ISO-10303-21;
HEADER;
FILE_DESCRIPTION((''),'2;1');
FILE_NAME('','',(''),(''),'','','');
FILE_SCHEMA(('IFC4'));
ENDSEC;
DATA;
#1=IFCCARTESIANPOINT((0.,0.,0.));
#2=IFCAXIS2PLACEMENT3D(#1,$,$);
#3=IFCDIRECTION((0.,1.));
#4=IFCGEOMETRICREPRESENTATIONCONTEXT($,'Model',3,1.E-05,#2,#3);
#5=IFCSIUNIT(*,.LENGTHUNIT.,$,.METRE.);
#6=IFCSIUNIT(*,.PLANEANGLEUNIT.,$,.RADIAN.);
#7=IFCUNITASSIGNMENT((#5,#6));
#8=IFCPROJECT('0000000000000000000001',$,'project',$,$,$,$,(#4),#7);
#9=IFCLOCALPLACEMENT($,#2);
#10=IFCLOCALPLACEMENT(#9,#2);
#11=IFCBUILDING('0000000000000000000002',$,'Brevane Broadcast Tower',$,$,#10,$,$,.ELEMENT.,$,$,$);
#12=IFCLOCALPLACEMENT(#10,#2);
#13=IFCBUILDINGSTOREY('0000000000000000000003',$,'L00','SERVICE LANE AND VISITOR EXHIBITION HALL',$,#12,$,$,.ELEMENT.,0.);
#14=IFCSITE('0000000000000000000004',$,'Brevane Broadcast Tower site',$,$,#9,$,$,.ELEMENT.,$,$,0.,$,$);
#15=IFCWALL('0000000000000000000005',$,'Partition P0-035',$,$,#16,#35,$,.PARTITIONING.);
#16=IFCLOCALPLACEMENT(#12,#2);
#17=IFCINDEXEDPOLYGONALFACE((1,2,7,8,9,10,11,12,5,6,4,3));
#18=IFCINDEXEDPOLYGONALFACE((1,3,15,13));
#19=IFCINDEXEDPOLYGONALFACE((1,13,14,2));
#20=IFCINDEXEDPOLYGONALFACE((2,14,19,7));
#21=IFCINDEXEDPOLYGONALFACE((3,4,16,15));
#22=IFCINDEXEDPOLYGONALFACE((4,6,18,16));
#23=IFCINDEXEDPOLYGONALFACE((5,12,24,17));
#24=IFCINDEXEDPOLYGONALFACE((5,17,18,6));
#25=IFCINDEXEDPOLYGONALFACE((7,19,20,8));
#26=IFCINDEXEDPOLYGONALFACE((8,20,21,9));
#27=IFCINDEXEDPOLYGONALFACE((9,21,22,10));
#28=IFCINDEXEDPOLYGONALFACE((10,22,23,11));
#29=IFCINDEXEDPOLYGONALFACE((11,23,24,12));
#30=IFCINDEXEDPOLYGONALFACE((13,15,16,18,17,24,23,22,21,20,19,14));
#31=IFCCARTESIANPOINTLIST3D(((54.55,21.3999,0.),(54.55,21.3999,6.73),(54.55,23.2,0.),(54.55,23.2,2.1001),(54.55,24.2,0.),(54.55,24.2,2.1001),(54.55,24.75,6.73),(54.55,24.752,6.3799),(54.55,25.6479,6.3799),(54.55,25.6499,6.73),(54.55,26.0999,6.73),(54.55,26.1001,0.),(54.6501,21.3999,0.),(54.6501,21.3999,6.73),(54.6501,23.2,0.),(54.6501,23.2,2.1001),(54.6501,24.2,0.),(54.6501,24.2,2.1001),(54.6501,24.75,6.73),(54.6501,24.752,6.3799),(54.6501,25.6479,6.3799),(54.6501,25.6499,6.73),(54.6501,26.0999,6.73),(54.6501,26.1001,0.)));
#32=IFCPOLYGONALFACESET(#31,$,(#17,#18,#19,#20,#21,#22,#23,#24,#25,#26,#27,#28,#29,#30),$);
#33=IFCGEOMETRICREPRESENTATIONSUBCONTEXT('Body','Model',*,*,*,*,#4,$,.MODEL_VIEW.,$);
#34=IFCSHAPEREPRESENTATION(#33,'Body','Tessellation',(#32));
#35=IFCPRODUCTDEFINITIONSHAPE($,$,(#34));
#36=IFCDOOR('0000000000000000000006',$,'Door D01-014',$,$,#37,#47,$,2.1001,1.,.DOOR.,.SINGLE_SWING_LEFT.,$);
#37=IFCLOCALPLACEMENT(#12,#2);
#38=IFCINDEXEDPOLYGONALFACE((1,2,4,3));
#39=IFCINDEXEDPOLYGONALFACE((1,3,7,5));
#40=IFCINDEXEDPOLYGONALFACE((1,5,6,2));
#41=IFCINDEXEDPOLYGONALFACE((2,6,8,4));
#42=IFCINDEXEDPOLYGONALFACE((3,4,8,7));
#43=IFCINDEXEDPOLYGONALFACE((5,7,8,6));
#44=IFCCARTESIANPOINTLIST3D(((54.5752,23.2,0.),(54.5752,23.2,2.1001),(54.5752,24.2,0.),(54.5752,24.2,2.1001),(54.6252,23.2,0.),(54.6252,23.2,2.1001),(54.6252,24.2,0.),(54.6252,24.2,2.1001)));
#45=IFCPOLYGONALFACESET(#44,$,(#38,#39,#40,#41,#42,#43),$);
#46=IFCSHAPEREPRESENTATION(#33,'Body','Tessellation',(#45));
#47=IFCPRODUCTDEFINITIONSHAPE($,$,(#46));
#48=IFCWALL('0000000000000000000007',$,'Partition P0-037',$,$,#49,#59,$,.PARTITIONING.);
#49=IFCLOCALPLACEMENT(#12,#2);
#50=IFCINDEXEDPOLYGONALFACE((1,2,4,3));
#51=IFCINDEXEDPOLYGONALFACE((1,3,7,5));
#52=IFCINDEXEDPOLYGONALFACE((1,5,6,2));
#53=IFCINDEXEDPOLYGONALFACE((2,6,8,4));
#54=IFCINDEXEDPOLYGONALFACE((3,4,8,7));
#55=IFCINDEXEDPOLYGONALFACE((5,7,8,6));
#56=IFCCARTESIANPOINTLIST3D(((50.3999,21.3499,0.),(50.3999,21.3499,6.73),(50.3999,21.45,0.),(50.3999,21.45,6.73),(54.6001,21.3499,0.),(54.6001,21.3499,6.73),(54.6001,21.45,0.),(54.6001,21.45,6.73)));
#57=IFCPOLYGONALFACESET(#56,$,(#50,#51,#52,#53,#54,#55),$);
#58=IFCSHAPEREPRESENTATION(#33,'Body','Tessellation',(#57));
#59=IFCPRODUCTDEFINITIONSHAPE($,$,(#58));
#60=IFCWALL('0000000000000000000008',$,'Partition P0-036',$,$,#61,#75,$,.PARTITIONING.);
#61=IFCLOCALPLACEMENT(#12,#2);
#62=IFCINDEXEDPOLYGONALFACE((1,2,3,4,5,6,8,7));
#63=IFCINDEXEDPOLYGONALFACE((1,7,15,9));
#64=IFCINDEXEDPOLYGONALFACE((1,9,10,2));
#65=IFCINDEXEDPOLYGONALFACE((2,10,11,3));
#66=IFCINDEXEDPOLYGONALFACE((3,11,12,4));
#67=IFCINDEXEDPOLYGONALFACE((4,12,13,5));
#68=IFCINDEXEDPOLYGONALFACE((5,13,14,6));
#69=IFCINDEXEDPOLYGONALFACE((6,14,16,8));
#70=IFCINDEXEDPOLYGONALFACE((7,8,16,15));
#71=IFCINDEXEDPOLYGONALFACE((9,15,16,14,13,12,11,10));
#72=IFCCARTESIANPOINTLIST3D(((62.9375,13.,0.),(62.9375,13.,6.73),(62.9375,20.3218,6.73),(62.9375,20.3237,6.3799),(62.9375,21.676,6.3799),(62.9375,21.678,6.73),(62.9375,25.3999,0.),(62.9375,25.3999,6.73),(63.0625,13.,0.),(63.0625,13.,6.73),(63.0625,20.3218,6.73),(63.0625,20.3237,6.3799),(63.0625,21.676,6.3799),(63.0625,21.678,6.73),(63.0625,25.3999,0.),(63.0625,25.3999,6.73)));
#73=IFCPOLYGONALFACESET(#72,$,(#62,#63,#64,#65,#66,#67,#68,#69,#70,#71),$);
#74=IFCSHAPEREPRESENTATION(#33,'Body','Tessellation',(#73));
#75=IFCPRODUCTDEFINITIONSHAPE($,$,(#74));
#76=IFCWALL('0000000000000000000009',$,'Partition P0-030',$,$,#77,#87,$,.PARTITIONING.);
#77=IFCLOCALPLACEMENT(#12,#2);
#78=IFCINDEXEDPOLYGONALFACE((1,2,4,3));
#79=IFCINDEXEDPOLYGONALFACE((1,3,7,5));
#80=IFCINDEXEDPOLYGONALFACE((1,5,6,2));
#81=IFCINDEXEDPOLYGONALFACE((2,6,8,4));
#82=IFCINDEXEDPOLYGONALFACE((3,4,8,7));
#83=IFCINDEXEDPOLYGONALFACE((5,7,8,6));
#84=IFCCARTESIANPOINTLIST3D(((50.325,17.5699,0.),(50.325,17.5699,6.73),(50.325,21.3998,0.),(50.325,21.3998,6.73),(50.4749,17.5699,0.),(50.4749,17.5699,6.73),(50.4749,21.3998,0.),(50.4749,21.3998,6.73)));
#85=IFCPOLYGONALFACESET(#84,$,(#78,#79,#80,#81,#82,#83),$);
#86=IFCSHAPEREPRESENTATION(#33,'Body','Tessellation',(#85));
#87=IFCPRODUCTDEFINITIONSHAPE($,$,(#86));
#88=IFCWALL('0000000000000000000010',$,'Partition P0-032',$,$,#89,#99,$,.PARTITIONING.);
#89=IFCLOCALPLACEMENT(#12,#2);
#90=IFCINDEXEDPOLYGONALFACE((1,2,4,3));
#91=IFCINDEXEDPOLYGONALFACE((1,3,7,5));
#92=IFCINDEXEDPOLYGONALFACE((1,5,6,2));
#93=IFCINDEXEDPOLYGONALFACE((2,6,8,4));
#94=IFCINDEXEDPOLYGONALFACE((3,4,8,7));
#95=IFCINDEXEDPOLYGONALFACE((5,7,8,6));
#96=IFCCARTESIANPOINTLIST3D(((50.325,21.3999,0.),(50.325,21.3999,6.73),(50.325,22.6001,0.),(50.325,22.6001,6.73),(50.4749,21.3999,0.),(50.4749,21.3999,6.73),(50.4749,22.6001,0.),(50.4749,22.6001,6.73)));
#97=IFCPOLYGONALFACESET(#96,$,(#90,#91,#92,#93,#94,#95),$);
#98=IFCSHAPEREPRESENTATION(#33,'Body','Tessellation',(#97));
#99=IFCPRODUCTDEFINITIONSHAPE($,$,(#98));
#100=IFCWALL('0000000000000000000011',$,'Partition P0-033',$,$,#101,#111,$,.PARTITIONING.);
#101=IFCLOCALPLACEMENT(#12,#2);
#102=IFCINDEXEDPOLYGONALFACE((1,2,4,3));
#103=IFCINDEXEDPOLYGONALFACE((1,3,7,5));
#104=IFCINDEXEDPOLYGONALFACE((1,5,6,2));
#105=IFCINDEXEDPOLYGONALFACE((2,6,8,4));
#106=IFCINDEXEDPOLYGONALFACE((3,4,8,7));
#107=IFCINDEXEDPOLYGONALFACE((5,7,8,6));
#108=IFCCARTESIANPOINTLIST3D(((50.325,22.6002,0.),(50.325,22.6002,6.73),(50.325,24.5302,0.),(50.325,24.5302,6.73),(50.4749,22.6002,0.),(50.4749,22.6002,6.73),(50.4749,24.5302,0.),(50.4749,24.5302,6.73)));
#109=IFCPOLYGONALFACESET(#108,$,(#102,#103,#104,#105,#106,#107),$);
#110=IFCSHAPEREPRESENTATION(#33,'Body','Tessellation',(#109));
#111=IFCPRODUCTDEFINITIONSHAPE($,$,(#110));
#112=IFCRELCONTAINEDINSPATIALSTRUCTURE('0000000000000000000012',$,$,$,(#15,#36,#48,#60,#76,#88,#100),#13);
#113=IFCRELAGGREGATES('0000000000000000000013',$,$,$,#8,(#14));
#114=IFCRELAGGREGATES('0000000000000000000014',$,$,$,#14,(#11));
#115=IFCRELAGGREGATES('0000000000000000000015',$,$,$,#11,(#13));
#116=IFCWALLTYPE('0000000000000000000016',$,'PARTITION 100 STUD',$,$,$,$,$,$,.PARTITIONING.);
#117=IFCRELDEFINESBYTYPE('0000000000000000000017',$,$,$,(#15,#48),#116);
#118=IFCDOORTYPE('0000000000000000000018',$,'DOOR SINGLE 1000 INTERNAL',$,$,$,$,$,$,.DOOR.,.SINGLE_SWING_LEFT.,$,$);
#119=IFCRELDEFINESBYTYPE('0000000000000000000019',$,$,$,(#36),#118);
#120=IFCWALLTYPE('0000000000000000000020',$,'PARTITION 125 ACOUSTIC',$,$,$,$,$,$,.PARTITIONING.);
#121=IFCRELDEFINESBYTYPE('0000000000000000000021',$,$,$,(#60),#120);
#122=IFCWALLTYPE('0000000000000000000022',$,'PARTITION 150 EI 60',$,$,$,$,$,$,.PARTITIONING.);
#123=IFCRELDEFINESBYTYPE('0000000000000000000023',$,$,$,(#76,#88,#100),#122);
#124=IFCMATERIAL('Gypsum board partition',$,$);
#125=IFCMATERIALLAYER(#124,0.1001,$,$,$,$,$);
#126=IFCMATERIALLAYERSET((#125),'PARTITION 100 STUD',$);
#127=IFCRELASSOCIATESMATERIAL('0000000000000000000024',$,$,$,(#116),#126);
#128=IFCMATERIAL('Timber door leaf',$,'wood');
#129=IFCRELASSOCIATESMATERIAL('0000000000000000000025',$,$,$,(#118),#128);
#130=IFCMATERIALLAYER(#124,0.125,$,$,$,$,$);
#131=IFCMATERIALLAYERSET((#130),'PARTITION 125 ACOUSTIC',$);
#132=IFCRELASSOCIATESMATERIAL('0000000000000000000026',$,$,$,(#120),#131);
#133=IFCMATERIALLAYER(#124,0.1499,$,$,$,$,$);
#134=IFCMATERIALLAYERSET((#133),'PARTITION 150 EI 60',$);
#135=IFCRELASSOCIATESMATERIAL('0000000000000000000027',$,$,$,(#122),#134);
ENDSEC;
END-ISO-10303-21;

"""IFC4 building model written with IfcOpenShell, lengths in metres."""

from ifc_helpers import new_model, si_unit, direction, frame, frame_2d, origin, place, context, subcontext, project, spatial, polyline, rectangle, outline, extrude, material, layer, layer_set, type_object, element, fill, save


model = new_model("IFC4")

# Units and contexts
model_context = context("Model", 3, precision=1e-05, world=origin(), true_north=direction((0.0, 1.0)))
body_context = subcontext(model_context, "Body", "Model", "MODEL_VIEW")
ifc_project = project(units=[si_unit("LENGTHUNIT", "METRE"), si_unit("PLANEANGLEUNIT", "RADIAN")], contexts=[model_context])

# Site, building, storey
site_placement = place(None, origin())
site = spatial("IfcSite", under=ifc_project, at=site_placement, Name="Brevane Broadcast Tower site", CompositionType="ELEMENT", RefElevation=0.0)
building_placement = place(site_placement, origin())
building = spatial("IfcBuilding", under=site, at=building_placement, Name="Brevane Broadcast Tower", CompositionType="ELEMENT")
storey_placement = place(building_placement, origin())
storey = spatial("IfcBuildingStorey", under=building, at=storey_placement, Name="L00", Description="SERVICE LANE AND VISITOR EXHIBITION HALL", CompositionType="ELEMENT", Elevation=0.0)

# Wall, opening, door
ifc_material_1 = material(Name="Gypsum board partition")
ifc_layer_1 = layer(ifc_material_1, 0.1001)
ifc_layer_set_1 = layer_set([ifc_layer_1], Name="PARTITION 100 STUD")
wall_type_1 = type_object("IfcWallType", Name="PARTITION 100 STUD", PredefinedType="PARTITIONING", material=ifc_layer_set_1)
wall_1_placement = place(storey_placement, frame((54.6001, 21.3999, 0.0), z_axis=(0.0, 0.0, 1.0), x_axis=(0.0, 1.0, 0.0)))
wall_1 = element("IfcWall", 1, at=wall_1_placement, inside=storey, type_object=wall_type_1, Name="Partition P0-035", PredefinedType="PARTITIONING", context=body_context, shape_type="SweptSolid", body=[
    extrude(outline(polyline([(0.0, 0.0), (4.7002, 0.0), (4.7, 6.73), (4.25, 6.73), (4.248, 6.3799), (3.3521, 6.3799), (3.3501, 6.73), (0.0, 6.73), (0.0, 0.0)])), frame((0.0, 0.05, 0.0), z_axis=(0.0, -1.0, 0.0), x_axis=(1.0, 0.0, 0.0)), (0.0, 0.0, 1.0), 0.1001),
])
opening_placement = place(wall_1_placement, frame((1.8, 0.0, 0.0)))
opening = element("IfcOpeningElement", 2, at=opening_placement, cuts=wall_1, PredefinedType="OPENING", context=body_context, shape_type="SweptSolid", body=[
    extrude(rectangle(XDim=1.0, YDim=2.1001, at=frame_2d((0.5, 1.05))), frame((0.0, 0.0601, 0.0), z_axis=(0.0, -1.0, 0.0), x_axis=(1.0, 0.0, 0.0)), (0.0, 0.0, 1.0), 0.1201),
])
ifc_material_2 = material(Name="Timber door leaf", Category="wood")
door_type = type_object("IfcDoorType", Name="DOOR SINGLE 1000 INTERNAL", OperationType="SINGLE_SWING_LEFT", PredefinedType="DOOR", material=ifc_material_2)
door_placement = place(opening_placement, origin())
door = element("IfcDoor", 3, at=door_placement, inside=storey, type_object=door_type, Name="Door D01-014", OperationType="SINGLE_SWING_LEFT", OverallHeight=2.1001, OverallWidth=1.0, PredefinedType="DOOR", context=body_context, shape_type="SweptSolid", body=[
    extrude(rectangle(XDim=1.0, YDim=2.1001, at=frame_2d((0.5, 1.05))), frame((0.0, 0.0249, 0.0), z_axis=(0.0, -1.0, 0.0), x_axis=(1.0, 0.0, 0.0)), (0.0, 0.0, 1.0), 0.05),
])
fill(opening, door)

# Walls
wall_2_placement = place(storey_placement, frame((50.3999, 21.3999, 0.0), z_axis=(0.0, 0.0, 1.0), x_axis=(1.0, 0.0, 0.0)))
element("IfcWall", 4, at=wall_2_placement, inside=storey, type_object=wall_type_1, Name="Partition P0-037", PredefinedType="PARTITIONING", context=body_context, shape_type="SweptSolid", body=[
    extrude(rectangle(XDim=4.2002, YDim=0.1001, at=frame_2d((2.1001, 0.0))), origin(), (0.0, 0.0, 1.0), 6.73),
])
ifc_layer_2 = layer(ifc_material_1, 0.125)
ifc_layer_set_2 = layer_set([ifc_layer_2], Name="PARTITION 125 ACOUSTIC")
wall_type_2 = type_object("IfcWallType", Name="PARTITION 125 ACOUSTIC", PredefinedType="PARTITIONING", material=ifc_layer_set_2)
wall_3_placement = place(storey_placement, frame((63.0, 25.3999, 0.0), z_axis=(0.0, 0.0, 1.0), x_axis=(0.0, -1.0, 0.0)))
element("IfcWall", 5, at=wall_3_placement, inside=storey, type_object=wall_type_2, Name="Partition P0-036", PredefinedType="PARTITIONING", context=body_context, shape_type="SweptSolid", body=[
    extrude(outline(polyline([(0.0, 0.0), (12.3999, 0.0), (12.3999, 6.73), (5.0781, 6.73), (5.0762, 6.3799), (3.7239, 6.3799), (3.7219, 6.73), (0.0, 6.73), (0.0, 0.0)])), frame((0.0, 0.0625, 0.0), z_axis=(0.0, -1.0, 0.0), x_axis=(1.0, 0.0, 0.0)), (0.0, 0.0, 1.0), 0.125),
])
ifc_layer_3 = layer(ifc_material_1, 0.1499)
ifc_layer_set_3 = layer_set([ifc_layer_3], Name="PARTITION 150 EI 60")
wall_type_3 = type_object("IfcWallType", Name="PARTITION 150 EI 60", PredefinedType="PARTITIONING", material=ifc_layer_set_3)
wall_4_placement = place(storey_placement, frame((50.3999, 21.3999, 0.0), z_axis=(0.0, 0.0, 1.0), x_axis=(0.0, -1.0, 0.0)))
element("IfcWall", 6, at=wall_4_placement, inside=storey, type_object=wall_type_3, Name="Partition P0-030", PredefinedType="PARTITIONING", context=body_context, shape_type="SweptSolid", body=[
    extrude(rectangle(XDim=3.8298, YDim=0.1499, at=frame_2d((1.915, 0.0))), origin(), (0.0, 0.0, 1.0), 6.73),
])
wall_5_placement = place(storey_placement, frame((50.3999, 22.6001, 0.0), z_axis=(0.0, 0.0, 1.0), x_axis=(0.0, -1.0, 0.0)))
element("IfcWall", 7, at=wall_5_placement, inside=storey, type_object=wall_type_3, Name="Partition P0-032", PredefinedType="PARTITIONING", context=body_context, shape_type="SweptSolid", body=[
    extrude(rectangle(XDim=1.2002, YDim=0.1499, at=frame_2d((0.6001, 0.0))), origin(), (0.0, 0.0, 1.0), 6.73),
])
wall_6_placement = place(storey_placement, frame((50.3999, 24.53, 0.0), z_axis=(0.0, 0.0, 1.0), x_axis=(0.0, -1.0, 0.0)))
element("IfcWall", 8, at=wall_6_placement, inside=storey, type_object=wall_type_3, Name="Partition P0-033", PredefinedType="PARTITIONING", context=body_context, shape_type="SweptSolid", body=[
    extrude(rectangle(XDim=1.9299, YDim=0.1499, at=frame_2d((0.9648, 0.0))), origin(), (0.0, 0.0, 1.0), 6.73),
])

save(model, "model.ifc")
